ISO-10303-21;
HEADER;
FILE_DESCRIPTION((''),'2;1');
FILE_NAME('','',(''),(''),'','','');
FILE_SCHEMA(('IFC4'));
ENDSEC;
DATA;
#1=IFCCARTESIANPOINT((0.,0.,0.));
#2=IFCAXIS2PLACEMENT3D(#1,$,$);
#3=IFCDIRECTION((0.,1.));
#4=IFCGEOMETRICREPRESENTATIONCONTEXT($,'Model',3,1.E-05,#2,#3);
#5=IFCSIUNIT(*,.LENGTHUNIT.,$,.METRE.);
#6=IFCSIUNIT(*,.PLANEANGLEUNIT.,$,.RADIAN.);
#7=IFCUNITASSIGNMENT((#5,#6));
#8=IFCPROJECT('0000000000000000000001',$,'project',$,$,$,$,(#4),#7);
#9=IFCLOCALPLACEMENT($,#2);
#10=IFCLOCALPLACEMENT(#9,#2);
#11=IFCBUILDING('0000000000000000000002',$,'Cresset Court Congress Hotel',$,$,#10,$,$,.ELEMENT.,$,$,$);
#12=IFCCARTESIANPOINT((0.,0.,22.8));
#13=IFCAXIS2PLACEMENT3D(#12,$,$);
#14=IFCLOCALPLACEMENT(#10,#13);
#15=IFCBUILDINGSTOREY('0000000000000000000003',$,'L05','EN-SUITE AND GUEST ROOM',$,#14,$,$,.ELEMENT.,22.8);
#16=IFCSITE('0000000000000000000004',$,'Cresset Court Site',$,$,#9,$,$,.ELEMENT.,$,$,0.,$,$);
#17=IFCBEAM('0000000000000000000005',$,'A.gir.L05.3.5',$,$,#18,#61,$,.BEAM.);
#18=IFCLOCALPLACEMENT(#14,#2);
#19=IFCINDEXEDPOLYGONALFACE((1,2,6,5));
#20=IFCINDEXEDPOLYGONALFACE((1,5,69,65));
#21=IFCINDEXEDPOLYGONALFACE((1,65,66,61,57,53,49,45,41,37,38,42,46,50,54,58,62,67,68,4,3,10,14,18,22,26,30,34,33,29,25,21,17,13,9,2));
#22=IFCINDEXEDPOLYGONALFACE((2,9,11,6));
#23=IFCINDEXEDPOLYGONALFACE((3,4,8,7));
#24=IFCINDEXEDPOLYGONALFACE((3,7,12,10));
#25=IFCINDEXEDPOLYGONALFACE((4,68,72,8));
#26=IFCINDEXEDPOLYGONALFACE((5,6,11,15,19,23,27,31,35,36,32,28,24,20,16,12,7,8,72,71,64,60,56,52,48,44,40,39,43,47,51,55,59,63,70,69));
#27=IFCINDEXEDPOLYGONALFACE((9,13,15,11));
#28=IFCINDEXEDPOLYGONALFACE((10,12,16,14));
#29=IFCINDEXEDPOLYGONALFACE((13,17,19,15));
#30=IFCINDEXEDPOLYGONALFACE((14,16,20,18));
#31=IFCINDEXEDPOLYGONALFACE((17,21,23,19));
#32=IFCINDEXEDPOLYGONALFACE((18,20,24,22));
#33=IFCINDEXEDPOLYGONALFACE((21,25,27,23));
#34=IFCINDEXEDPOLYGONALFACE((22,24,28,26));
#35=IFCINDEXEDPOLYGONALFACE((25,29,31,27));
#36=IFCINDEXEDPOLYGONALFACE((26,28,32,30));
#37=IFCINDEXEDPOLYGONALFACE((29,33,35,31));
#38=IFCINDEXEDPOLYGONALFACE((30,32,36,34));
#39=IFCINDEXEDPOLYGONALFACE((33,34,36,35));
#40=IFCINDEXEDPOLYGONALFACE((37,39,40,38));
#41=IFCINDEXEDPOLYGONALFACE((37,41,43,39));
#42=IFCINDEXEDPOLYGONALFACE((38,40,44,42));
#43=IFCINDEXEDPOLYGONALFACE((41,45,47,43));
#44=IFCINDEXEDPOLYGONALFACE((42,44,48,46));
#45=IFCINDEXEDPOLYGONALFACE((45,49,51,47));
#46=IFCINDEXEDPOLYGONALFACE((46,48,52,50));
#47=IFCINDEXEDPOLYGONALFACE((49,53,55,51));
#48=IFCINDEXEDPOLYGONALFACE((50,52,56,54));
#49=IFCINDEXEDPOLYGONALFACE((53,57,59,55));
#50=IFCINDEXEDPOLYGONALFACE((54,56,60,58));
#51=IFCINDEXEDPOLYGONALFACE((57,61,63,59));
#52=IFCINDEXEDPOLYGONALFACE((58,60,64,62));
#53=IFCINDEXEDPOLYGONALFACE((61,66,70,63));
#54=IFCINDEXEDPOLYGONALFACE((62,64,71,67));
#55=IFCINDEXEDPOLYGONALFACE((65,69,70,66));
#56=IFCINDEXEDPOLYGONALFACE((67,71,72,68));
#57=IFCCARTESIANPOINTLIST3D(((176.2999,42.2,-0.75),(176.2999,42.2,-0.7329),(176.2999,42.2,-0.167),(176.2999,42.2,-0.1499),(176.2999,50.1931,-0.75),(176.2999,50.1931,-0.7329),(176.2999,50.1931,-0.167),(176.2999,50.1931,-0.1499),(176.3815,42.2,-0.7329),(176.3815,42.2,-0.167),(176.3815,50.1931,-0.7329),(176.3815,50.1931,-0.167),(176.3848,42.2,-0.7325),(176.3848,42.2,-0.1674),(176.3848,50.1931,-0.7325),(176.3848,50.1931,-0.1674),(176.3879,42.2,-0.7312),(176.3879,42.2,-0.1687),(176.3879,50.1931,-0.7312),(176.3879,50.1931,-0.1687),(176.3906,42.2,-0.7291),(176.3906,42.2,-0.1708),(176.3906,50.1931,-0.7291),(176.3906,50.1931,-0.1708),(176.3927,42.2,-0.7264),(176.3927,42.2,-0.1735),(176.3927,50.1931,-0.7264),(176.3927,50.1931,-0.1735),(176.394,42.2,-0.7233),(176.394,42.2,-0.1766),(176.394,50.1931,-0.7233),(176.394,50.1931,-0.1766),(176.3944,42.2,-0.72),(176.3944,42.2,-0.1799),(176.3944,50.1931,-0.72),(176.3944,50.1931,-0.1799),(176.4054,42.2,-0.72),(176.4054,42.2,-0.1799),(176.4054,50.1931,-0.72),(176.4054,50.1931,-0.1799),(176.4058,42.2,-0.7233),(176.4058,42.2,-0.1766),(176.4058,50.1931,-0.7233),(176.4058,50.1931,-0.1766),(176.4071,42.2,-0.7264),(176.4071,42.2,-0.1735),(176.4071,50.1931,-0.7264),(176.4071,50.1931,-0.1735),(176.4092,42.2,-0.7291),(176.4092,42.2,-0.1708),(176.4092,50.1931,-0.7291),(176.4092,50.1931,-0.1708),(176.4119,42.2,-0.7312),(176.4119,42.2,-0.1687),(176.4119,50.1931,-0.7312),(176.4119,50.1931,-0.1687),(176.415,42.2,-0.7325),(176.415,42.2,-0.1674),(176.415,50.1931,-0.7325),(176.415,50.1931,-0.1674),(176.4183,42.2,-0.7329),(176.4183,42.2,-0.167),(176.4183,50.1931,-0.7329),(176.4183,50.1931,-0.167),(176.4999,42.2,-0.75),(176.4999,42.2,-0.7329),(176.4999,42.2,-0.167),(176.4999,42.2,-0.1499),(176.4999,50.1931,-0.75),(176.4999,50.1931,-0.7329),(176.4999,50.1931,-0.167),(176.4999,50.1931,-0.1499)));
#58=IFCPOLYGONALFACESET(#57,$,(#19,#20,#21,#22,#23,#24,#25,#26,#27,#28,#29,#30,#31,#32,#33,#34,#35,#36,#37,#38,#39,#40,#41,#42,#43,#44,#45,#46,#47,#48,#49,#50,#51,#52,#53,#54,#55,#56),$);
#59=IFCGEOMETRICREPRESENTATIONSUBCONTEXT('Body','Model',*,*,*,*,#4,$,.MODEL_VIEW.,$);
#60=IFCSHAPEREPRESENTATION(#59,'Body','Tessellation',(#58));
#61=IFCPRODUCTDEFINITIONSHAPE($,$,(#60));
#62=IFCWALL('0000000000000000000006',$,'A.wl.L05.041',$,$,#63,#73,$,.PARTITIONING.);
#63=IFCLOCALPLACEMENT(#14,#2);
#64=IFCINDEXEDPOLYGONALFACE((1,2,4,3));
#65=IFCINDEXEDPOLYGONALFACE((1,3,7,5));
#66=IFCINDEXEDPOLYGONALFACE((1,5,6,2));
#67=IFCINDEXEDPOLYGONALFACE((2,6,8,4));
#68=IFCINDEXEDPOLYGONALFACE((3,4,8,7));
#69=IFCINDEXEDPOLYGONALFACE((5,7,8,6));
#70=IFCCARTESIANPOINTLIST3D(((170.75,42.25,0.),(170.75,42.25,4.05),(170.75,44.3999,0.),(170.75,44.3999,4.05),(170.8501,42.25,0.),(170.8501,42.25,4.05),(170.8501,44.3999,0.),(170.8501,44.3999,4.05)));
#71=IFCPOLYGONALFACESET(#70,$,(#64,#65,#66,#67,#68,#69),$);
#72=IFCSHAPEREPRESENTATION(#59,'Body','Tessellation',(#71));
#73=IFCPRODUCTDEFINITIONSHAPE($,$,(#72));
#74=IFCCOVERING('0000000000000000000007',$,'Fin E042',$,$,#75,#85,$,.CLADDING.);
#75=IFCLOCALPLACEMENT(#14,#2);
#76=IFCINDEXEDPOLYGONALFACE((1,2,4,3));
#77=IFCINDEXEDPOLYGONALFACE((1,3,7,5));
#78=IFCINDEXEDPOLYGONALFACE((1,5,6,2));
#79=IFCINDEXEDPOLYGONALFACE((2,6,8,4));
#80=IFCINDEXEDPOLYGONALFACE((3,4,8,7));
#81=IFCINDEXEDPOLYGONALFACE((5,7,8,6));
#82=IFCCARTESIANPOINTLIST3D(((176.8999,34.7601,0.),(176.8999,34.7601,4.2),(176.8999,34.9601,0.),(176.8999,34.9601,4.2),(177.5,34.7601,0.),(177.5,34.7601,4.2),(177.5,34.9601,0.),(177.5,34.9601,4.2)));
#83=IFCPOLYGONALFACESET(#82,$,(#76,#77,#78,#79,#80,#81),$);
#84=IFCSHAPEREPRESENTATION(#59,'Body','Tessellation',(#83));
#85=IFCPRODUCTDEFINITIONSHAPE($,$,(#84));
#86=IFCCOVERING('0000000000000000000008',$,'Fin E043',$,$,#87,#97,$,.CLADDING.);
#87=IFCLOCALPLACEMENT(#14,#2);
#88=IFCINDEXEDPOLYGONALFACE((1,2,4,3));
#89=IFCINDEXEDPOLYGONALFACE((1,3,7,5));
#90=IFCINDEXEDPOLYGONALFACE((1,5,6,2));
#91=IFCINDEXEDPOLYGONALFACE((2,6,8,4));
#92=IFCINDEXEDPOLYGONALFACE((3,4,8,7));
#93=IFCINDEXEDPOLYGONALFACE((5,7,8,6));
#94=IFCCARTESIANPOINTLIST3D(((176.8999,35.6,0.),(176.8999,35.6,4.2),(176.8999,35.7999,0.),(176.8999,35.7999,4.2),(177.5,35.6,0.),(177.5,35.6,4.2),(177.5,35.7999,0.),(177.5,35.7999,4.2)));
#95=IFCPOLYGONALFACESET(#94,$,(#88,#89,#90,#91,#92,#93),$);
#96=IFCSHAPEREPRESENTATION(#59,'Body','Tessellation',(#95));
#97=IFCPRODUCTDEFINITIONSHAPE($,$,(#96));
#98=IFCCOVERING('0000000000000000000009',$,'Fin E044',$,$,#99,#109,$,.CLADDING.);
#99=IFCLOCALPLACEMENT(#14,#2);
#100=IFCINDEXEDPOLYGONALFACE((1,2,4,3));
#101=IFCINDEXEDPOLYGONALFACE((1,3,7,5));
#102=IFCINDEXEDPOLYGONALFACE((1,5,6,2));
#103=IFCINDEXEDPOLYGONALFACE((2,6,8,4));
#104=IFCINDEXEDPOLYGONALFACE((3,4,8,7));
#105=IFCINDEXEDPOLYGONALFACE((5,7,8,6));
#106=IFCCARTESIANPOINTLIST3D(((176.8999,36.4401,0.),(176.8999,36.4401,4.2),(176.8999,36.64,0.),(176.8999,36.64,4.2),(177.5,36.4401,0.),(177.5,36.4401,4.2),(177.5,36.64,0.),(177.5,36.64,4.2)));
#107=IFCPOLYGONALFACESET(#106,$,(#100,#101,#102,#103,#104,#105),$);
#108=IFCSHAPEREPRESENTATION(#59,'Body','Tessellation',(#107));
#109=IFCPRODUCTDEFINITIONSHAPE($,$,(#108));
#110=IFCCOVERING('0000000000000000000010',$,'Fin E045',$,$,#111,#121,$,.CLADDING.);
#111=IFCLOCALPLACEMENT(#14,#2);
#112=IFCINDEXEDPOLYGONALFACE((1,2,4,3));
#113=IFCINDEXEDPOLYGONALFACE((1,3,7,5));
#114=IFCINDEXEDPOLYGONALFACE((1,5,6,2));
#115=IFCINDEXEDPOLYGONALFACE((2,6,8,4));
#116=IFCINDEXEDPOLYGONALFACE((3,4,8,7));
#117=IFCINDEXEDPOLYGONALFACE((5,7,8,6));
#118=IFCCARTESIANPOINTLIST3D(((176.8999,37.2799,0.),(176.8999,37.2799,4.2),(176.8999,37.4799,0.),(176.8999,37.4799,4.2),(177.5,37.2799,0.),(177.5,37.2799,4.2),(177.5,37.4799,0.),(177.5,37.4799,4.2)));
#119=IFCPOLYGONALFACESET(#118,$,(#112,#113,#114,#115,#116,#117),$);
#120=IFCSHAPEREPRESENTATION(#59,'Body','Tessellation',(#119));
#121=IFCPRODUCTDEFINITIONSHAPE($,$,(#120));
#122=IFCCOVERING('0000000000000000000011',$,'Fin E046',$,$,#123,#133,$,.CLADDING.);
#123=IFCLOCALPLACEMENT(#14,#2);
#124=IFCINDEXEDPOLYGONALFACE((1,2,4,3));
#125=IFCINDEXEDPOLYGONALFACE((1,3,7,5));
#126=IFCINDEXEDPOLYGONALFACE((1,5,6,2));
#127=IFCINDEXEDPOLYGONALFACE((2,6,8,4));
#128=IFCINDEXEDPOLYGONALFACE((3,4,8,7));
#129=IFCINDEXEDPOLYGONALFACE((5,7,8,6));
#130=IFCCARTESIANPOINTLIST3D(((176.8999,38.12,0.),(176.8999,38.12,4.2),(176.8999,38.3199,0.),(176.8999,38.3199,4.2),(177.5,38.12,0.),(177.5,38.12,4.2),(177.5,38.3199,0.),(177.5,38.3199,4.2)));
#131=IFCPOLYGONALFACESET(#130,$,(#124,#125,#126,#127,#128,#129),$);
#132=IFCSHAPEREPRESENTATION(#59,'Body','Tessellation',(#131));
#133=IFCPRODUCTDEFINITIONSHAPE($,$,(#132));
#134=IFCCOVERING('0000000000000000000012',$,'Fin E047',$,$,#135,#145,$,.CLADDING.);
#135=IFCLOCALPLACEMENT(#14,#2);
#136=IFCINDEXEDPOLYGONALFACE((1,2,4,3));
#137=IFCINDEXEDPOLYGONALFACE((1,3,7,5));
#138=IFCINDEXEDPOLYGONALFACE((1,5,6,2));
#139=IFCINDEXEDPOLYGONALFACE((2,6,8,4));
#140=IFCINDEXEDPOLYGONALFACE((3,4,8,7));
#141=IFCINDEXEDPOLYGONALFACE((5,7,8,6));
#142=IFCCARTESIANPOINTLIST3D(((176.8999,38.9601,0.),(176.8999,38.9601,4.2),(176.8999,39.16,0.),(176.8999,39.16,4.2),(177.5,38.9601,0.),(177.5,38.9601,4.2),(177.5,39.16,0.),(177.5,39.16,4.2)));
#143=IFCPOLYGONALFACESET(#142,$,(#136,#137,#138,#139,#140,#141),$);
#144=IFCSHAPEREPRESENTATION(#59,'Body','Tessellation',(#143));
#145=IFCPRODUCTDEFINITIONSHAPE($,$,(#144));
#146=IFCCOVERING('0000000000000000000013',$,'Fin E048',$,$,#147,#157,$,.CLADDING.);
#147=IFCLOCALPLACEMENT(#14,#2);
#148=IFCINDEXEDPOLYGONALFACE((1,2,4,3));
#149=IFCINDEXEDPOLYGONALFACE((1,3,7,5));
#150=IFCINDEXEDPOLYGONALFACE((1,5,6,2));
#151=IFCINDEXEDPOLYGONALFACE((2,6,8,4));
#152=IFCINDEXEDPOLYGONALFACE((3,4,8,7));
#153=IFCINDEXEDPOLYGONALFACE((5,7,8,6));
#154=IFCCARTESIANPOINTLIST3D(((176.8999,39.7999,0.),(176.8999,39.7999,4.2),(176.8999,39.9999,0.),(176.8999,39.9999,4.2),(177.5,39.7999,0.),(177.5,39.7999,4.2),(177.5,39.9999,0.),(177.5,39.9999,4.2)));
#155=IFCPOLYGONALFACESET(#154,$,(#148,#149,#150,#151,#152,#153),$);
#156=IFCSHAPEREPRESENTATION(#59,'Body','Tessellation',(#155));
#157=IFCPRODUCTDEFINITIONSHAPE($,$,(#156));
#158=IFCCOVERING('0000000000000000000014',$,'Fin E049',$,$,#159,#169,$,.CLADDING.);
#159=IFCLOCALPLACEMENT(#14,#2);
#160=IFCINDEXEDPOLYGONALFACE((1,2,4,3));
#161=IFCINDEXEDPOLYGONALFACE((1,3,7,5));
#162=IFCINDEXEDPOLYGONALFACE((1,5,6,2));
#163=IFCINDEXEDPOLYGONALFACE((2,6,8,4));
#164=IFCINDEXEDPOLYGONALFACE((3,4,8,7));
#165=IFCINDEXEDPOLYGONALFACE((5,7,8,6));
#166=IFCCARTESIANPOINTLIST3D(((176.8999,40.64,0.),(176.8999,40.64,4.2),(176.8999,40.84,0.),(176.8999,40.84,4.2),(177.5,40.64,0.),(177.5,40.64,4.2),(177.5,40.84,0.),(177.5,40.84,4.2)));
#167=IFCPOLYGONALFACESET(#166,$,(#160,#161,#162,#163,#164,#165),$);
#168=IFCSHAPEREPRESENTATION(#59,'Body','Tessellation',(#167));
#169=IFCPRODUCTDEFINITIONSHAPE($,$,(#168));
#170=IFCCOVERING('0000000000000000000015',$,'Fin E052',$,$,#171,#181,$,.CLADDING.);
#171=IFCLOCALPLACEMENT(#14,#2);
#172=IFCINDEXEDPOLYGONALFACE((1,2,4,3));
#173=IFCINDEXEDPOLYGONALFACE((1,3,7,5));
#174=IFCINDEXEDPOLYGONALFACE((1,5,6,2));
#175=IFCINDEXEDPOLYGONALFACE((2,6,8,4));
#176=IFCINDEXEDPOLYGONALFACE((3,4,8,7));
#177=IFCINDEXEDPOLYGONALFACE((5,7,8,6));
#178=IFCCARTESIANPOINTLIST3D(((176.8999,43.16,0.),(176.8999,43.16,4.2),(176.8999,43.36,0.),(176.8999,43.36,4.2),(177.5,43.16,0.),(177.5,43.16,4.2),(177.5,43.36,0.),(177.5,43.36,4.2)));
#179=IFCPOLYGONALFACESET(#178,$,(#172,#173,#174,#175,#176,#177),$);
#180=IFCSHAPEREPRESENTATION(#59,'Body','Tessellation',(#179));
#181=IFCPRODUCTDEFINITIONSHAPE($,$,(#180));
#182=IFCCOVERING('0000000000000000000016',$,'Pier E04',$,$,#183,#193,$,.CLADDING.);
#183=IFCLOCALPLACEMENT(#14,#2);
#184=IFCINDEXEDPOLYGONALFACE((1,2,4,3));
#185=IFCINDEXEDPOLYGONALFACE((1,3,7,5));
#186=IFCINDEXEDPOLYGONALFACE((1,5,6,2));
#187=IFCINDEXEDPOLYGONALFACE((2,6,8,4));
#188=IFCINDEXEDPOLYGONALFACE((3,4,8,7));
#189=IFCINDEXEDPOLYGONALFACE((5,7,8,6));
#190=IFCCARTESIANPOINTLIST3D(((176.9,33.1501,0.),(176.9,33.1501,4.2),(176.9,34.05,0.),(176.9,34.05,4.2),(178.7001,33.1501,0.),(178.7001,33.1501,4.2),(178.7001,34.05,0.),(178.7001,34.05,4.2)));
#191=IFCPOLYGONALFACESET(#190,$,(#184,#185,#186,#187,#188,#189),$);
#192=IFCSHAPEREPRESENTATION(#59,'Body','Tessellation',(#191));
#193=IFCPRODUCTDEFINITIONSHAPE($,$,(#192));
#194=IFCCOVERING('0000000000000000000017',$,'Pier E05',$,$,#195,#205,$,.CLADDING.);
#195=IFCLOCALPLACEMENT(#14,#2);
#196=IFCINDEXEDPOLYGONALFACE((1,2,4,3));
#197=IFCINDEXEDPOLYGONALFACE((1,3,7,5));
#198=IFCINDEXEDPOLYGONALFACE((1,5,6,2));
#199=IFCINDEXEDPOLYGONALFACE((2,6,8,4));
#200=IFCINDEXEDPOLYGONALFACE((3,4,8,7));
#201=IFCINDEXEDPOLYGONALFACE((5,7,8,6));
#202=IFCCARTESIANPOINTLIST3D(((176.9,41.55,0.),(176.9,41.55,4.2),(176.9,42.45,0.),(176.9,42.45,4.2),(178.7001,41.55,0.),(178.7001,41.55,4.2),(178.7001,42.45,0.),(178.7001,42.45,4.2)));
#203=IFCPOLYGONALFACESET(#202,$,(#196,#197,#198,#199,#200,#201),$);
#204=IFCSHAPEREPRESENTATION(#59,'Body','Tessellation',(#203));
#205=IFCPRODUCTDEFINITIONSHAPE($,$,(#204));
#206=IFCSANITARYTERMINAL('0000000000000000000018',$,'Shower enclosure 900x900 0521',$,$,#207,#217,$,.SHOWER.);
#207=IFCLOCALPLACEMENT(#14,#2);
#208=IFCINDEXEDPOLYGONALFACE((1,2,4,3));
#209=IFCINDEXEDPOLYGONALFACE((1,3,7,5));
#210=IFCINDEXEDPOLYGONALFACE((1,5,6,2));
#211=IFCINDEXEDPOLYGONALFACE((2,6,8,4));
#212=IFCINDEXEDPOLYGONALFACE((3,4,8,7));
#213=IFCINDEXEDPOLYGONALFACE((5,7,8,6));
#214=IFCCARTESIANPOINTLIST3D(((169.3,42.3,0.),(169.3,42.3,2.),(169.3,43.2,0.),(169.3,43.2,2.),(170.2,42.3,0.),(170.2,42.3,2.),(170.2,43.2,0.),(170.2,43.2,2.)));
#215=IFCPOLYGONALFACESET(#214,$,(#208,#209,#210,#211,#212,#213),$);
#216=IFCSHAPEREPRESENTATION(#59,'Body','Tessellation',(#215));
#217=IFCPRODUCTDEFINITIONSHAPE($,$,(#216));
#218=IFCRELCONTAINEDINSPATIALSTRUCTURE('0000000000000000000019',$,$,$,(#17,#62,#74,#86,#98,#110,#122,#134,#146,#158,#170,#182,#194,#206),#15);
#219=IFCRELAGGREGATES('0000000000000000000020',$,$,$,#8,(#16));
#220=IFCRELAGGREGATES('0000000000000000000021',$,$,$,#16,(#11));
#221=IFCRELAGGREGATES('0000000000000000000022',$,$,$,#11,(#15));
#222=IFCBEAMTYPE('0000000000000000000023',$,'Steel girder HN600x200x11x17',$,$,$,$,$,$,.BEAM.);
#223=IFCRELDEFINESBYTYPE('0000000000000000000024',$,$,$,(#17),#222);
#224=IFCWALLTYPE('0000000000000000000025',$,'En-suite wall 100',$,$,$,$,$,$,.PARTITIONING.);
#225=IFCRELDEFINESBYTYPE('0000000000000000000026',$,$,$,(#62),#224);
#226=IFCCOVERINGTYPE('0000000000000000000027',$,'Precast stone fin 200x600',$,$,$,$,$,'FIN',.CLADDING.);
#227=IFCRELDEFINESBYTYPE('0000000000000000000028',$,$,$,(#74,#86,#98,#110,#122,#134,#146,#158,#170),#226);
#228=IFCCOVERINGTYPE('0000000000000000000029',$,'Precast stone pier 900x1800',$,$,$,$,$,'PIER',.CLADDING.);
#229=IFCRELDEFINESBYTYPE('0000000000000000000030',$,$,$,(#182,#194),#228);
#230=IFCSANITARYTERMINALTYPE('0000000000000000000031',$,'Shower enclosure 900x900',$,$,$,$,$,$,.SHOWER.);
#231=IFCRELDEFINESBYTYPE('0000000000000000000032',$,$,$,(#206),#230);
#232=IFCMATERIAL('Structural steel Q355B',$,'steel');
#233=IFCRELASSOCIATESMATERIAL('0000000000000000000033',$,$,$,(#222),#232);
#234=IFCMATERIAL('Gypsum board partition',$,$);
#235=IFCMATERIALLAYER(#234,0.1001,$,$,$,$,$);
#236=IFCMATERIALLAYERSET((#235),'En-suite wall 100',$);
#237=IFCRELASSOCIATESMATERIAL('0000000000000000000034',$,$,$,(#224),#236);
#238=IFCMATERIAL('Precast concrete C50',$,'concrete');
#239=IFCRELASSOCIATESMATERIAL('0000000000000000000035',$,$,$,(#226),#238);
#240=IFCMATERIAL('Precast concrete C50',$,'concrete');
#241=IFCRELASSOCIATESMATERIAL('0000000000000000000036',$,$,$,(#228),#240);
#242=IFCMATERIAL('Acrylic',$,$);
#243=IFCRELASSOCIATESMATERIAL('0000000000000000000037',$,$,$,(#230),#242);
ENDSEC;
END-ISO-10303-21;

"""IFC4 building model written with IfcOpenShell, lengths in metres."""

from ifc_helpers import new_model, si_unit, direction, frame, frame_2d, origin, origin_2d, place, context, subcontext, project, spatial, rectangle, i_section, extrude, material, layer, layer_set, material_profile, profile_set, type_object, element, save


model = new_model("IFC4")

# Units and contexts
model_context = context("Model", 3, precision=1e-05, world=origin(), true_north=direction((0.0, 1.0)))
body_context = subcontext(model_context, "Body", "Model", "MODEL_VIEW")
ifc_project = project(units=[si_unit("LENGTHUNIT", "METRE"), si_unit("PLANEANGLEUNIT", "RADIAN")], contexts=[model_context])

# Site, building, storey
site_placement = place(None, origin())
site = spatial("IfcSite", under=ifc_project, at=site_placement, Name="Cresset Court Site", CompositionType="ELEMENT", RefElevation=0.0)
building_placement = place(site_placement, origin())
building = spatial("IfcBuilding", under=site, at=building_placement, Name="Cresset Court Congress Hotel", CompositionType="ELEMENT")
storey_placement = place(building_placement, frame((0.0, 0.0, 22.8)))
storey = spatial("IfcBuildingStorey", under=building, at=storey_placement, Name="L05", Description="EN-SUITE AND GUEST ROOM", CompositionType="ELEMENT", Elevation=22.8)

# Beam
ifc_material_1 = material(Name="Structural steel Q355B", Category="steel")
ifc_material_profile = material_profile(ifc_material_1, i_section(OverallWidth=0.2, OverallDepth=0.6001, WebThickness=0.011, FlangeThickness=0.0171, FilletRadius=0.0129, at=origin_2d()), Name="HN600x200x11x17")
ifc_profile_set = profile_set([ifc_material_profile], Name="Structural steel Q355B")
beam_type = type_object("IfcBeamType", Name="Steel girder HN600x200x11x17", PredefinedType="BEAM", material=ifc_profile_set)
beam_placement = place(storey_placement, frame((176.3999, 42.2, -0.45), z_axis=(0.0, 1.0, 0.0), x_axis=(-1.0, 0.0, 0.0)))
element("IfcBeam", 1, at=beam_placement, inside=storey, type_object=beam_type, Name="A.gir.L05.3.5", PredefinedType="BEAM", context=body_context, shape_type="SweptSolid", body=[
    extrude(i_section(OverallWidth=0.2, OverallDepth=0.6001, WebThickness=0.011, FlangeThickness=0.0171, FilletRadius=0.0129, at=origin_2d()), origin(), (0.0, 0.0, 1.0), 7.9932),
])

# Wall
ifc_material_2 = material(Name="Gypsum board partition")
ifc_layer = layer(ifc_material_2, 0.1001)
ifc_layer_set = layer_set([ifc_layer], Name="En-suite wall 100")
wall_type = type_object("IfcWallType", Name="En-suite wall 100", PredefinedType="PARTITIONING", material=ifc_layer_set)
wall_placement = place(storey_placement, frame((170.8, 42.25, 0.0), z_axis=(0.0, 0.0, 1.0), x_axis=(0.0, 1.0, 0.0)))
element("IfcWall", 2, at=wall_placement, inside=storey, type_object=wall_type, Name="A.wl.L05.041", PredefinedType="PARTITIONING", context=body_context, shape_type="SweptSolid", body=[
    extrude(rectangle(XDim=2.1499, YDim=0.1001, at=frame_2d((1.075, 0.0))), origin(), (0.0, 0.0, 1.0), 4.05),
])

# Coverings
ifc_material_3 = material(Name="Precast concrete C50", Category="concrete")
covering_type_1 = type_object("IfcCoveringType", Name="Precast stone fin 200x600", ElementType="FIN", PredefinedType="CLADDING", material=ifc_material_3)
for number, where, z_axis, x_axis, name in (
    (3, (177.2, 34.8601, 0.0), (0.0, 0.0, 1.0), (1.0, 0.0, 0.0), "Fin E042"),
    (4, (177.2, 35.7, 0.0), (0.0, 0.0, 1.0), (1.0, 0.0, 0.0), "Fin E043"),
    (5, (177.2, 36.54, 0.0), (0.0, 0.0, 1.0), (1.0, 0.0, 0.0), "Fin E044"),
    (6, (177.2, 37.3799, 0.0), (0.0, 0.0, 1.0), (1.0, 0.0, 0.0), "Fin E045"),
    (7, (177.2, 38.22, 0.0), (0.0, 0.0, 1.0), (1.0, 0.0, 0.0), "Fin E046"),
    (8, (177.2, 39.0601, 0.0), (0.0, 0.0, 1.0), (1.0, 0.0, 0.0), "Fin E047"),
    (9, (177.2, 39.8999, 0.0), (0.0, 0.0, 1.0), (1.0, 0.0, 0.0), "Fin E048"),
    (10, (177.2, 40.74, 0.0), (0.0, 0.0, 1.0), (1.0, 0.0, 0.0), "Fin E049"),
    (11, (177.2, 43.26, 0.0), (0.0, 0.0, 1.0), (1.0, 0.0, 0.0), "Fin E052"),
):
    element("IfcCovering", number, at=place(storey_placement, frame(where, z_axis=z_axis, x_axis=x_axis)), inside=storey, type_object=covering_type_1, Name=name, PredefinedType="CLADDING", context=body_context, shape_type="SweptSolid", body=[
        extrude(rectangle(XDim=0.6001, YDim=0.2, at=origin_2d()), origin(), (0.0, 0.0, 1.0), 4.2),
    ])
ifc_material_4 = material(Name="Precast concrete C50", Category="concrete")
covering_type_2 = type_object("IfcCoveringType", Name="Precast stone pier 900x1800", ElementType="PIER", PredefinedType="CLADDING", material=ifc_material_4)
for number, where, z_axis, x_axis, name in (
    (12, (177.8, 33.6001, 0.0), (0.0, 0.0, 1.0), (1.0, 0.0, 0.0), "Pier E04"),
    (13, (177.8, 42.0, 0.0), (0.0, 0.0, 1.0), (1.0, 0.0, 0.0), "Pier E05"),
):
    element("IfcCovering", number, at=place(storey_placement, frame(where, z_axis=z_axis, x_axis=x_axis)), inside=storey, type_object=covering_type_2, Name=name, PredefinedType="CLADDING", context=body_context, shape_type="SweptSolid", body=[
        extrude(rectangle(XDim=1.8, YDim=0.8999, at=origin_2d()), origin(), (0.0, 0.0, 1.0), 4.2),
    ])

# Sanitary terminal
ifc_material_5 = material(Name="Acrylic")
sanitary_terminal_type_1 = type_object("IfcSanitaryTerminalType", Name="Shower enclosure 900x900", PredefinedType="SHOWER", material=ifc_material_5)
sanitary_terminal_1_placement = place(storey_placement, frame((169.75, 42.75, 0.0), z_axis=(0.0, 0.0, 1.0), x_axis=(1.0, 0.0, 0.0)))
element("IfcSanitaryTerminal", 14, at=sanitary_terminal_1_placement, inside=storey, type_object=sanitary_terminal_type_1, Name="Shower enclosure 900x900 0521", PredefinedType="SHOWER", context=body_context, shape_type="SweptSolid", body=[
    extrude(rectangle(XDim=0.8999, YDim=0.8999, at=origin_2d()), origin(), (0.0, 0.0, 1.0), 2.0),
])

save(model, "model.ifc")
